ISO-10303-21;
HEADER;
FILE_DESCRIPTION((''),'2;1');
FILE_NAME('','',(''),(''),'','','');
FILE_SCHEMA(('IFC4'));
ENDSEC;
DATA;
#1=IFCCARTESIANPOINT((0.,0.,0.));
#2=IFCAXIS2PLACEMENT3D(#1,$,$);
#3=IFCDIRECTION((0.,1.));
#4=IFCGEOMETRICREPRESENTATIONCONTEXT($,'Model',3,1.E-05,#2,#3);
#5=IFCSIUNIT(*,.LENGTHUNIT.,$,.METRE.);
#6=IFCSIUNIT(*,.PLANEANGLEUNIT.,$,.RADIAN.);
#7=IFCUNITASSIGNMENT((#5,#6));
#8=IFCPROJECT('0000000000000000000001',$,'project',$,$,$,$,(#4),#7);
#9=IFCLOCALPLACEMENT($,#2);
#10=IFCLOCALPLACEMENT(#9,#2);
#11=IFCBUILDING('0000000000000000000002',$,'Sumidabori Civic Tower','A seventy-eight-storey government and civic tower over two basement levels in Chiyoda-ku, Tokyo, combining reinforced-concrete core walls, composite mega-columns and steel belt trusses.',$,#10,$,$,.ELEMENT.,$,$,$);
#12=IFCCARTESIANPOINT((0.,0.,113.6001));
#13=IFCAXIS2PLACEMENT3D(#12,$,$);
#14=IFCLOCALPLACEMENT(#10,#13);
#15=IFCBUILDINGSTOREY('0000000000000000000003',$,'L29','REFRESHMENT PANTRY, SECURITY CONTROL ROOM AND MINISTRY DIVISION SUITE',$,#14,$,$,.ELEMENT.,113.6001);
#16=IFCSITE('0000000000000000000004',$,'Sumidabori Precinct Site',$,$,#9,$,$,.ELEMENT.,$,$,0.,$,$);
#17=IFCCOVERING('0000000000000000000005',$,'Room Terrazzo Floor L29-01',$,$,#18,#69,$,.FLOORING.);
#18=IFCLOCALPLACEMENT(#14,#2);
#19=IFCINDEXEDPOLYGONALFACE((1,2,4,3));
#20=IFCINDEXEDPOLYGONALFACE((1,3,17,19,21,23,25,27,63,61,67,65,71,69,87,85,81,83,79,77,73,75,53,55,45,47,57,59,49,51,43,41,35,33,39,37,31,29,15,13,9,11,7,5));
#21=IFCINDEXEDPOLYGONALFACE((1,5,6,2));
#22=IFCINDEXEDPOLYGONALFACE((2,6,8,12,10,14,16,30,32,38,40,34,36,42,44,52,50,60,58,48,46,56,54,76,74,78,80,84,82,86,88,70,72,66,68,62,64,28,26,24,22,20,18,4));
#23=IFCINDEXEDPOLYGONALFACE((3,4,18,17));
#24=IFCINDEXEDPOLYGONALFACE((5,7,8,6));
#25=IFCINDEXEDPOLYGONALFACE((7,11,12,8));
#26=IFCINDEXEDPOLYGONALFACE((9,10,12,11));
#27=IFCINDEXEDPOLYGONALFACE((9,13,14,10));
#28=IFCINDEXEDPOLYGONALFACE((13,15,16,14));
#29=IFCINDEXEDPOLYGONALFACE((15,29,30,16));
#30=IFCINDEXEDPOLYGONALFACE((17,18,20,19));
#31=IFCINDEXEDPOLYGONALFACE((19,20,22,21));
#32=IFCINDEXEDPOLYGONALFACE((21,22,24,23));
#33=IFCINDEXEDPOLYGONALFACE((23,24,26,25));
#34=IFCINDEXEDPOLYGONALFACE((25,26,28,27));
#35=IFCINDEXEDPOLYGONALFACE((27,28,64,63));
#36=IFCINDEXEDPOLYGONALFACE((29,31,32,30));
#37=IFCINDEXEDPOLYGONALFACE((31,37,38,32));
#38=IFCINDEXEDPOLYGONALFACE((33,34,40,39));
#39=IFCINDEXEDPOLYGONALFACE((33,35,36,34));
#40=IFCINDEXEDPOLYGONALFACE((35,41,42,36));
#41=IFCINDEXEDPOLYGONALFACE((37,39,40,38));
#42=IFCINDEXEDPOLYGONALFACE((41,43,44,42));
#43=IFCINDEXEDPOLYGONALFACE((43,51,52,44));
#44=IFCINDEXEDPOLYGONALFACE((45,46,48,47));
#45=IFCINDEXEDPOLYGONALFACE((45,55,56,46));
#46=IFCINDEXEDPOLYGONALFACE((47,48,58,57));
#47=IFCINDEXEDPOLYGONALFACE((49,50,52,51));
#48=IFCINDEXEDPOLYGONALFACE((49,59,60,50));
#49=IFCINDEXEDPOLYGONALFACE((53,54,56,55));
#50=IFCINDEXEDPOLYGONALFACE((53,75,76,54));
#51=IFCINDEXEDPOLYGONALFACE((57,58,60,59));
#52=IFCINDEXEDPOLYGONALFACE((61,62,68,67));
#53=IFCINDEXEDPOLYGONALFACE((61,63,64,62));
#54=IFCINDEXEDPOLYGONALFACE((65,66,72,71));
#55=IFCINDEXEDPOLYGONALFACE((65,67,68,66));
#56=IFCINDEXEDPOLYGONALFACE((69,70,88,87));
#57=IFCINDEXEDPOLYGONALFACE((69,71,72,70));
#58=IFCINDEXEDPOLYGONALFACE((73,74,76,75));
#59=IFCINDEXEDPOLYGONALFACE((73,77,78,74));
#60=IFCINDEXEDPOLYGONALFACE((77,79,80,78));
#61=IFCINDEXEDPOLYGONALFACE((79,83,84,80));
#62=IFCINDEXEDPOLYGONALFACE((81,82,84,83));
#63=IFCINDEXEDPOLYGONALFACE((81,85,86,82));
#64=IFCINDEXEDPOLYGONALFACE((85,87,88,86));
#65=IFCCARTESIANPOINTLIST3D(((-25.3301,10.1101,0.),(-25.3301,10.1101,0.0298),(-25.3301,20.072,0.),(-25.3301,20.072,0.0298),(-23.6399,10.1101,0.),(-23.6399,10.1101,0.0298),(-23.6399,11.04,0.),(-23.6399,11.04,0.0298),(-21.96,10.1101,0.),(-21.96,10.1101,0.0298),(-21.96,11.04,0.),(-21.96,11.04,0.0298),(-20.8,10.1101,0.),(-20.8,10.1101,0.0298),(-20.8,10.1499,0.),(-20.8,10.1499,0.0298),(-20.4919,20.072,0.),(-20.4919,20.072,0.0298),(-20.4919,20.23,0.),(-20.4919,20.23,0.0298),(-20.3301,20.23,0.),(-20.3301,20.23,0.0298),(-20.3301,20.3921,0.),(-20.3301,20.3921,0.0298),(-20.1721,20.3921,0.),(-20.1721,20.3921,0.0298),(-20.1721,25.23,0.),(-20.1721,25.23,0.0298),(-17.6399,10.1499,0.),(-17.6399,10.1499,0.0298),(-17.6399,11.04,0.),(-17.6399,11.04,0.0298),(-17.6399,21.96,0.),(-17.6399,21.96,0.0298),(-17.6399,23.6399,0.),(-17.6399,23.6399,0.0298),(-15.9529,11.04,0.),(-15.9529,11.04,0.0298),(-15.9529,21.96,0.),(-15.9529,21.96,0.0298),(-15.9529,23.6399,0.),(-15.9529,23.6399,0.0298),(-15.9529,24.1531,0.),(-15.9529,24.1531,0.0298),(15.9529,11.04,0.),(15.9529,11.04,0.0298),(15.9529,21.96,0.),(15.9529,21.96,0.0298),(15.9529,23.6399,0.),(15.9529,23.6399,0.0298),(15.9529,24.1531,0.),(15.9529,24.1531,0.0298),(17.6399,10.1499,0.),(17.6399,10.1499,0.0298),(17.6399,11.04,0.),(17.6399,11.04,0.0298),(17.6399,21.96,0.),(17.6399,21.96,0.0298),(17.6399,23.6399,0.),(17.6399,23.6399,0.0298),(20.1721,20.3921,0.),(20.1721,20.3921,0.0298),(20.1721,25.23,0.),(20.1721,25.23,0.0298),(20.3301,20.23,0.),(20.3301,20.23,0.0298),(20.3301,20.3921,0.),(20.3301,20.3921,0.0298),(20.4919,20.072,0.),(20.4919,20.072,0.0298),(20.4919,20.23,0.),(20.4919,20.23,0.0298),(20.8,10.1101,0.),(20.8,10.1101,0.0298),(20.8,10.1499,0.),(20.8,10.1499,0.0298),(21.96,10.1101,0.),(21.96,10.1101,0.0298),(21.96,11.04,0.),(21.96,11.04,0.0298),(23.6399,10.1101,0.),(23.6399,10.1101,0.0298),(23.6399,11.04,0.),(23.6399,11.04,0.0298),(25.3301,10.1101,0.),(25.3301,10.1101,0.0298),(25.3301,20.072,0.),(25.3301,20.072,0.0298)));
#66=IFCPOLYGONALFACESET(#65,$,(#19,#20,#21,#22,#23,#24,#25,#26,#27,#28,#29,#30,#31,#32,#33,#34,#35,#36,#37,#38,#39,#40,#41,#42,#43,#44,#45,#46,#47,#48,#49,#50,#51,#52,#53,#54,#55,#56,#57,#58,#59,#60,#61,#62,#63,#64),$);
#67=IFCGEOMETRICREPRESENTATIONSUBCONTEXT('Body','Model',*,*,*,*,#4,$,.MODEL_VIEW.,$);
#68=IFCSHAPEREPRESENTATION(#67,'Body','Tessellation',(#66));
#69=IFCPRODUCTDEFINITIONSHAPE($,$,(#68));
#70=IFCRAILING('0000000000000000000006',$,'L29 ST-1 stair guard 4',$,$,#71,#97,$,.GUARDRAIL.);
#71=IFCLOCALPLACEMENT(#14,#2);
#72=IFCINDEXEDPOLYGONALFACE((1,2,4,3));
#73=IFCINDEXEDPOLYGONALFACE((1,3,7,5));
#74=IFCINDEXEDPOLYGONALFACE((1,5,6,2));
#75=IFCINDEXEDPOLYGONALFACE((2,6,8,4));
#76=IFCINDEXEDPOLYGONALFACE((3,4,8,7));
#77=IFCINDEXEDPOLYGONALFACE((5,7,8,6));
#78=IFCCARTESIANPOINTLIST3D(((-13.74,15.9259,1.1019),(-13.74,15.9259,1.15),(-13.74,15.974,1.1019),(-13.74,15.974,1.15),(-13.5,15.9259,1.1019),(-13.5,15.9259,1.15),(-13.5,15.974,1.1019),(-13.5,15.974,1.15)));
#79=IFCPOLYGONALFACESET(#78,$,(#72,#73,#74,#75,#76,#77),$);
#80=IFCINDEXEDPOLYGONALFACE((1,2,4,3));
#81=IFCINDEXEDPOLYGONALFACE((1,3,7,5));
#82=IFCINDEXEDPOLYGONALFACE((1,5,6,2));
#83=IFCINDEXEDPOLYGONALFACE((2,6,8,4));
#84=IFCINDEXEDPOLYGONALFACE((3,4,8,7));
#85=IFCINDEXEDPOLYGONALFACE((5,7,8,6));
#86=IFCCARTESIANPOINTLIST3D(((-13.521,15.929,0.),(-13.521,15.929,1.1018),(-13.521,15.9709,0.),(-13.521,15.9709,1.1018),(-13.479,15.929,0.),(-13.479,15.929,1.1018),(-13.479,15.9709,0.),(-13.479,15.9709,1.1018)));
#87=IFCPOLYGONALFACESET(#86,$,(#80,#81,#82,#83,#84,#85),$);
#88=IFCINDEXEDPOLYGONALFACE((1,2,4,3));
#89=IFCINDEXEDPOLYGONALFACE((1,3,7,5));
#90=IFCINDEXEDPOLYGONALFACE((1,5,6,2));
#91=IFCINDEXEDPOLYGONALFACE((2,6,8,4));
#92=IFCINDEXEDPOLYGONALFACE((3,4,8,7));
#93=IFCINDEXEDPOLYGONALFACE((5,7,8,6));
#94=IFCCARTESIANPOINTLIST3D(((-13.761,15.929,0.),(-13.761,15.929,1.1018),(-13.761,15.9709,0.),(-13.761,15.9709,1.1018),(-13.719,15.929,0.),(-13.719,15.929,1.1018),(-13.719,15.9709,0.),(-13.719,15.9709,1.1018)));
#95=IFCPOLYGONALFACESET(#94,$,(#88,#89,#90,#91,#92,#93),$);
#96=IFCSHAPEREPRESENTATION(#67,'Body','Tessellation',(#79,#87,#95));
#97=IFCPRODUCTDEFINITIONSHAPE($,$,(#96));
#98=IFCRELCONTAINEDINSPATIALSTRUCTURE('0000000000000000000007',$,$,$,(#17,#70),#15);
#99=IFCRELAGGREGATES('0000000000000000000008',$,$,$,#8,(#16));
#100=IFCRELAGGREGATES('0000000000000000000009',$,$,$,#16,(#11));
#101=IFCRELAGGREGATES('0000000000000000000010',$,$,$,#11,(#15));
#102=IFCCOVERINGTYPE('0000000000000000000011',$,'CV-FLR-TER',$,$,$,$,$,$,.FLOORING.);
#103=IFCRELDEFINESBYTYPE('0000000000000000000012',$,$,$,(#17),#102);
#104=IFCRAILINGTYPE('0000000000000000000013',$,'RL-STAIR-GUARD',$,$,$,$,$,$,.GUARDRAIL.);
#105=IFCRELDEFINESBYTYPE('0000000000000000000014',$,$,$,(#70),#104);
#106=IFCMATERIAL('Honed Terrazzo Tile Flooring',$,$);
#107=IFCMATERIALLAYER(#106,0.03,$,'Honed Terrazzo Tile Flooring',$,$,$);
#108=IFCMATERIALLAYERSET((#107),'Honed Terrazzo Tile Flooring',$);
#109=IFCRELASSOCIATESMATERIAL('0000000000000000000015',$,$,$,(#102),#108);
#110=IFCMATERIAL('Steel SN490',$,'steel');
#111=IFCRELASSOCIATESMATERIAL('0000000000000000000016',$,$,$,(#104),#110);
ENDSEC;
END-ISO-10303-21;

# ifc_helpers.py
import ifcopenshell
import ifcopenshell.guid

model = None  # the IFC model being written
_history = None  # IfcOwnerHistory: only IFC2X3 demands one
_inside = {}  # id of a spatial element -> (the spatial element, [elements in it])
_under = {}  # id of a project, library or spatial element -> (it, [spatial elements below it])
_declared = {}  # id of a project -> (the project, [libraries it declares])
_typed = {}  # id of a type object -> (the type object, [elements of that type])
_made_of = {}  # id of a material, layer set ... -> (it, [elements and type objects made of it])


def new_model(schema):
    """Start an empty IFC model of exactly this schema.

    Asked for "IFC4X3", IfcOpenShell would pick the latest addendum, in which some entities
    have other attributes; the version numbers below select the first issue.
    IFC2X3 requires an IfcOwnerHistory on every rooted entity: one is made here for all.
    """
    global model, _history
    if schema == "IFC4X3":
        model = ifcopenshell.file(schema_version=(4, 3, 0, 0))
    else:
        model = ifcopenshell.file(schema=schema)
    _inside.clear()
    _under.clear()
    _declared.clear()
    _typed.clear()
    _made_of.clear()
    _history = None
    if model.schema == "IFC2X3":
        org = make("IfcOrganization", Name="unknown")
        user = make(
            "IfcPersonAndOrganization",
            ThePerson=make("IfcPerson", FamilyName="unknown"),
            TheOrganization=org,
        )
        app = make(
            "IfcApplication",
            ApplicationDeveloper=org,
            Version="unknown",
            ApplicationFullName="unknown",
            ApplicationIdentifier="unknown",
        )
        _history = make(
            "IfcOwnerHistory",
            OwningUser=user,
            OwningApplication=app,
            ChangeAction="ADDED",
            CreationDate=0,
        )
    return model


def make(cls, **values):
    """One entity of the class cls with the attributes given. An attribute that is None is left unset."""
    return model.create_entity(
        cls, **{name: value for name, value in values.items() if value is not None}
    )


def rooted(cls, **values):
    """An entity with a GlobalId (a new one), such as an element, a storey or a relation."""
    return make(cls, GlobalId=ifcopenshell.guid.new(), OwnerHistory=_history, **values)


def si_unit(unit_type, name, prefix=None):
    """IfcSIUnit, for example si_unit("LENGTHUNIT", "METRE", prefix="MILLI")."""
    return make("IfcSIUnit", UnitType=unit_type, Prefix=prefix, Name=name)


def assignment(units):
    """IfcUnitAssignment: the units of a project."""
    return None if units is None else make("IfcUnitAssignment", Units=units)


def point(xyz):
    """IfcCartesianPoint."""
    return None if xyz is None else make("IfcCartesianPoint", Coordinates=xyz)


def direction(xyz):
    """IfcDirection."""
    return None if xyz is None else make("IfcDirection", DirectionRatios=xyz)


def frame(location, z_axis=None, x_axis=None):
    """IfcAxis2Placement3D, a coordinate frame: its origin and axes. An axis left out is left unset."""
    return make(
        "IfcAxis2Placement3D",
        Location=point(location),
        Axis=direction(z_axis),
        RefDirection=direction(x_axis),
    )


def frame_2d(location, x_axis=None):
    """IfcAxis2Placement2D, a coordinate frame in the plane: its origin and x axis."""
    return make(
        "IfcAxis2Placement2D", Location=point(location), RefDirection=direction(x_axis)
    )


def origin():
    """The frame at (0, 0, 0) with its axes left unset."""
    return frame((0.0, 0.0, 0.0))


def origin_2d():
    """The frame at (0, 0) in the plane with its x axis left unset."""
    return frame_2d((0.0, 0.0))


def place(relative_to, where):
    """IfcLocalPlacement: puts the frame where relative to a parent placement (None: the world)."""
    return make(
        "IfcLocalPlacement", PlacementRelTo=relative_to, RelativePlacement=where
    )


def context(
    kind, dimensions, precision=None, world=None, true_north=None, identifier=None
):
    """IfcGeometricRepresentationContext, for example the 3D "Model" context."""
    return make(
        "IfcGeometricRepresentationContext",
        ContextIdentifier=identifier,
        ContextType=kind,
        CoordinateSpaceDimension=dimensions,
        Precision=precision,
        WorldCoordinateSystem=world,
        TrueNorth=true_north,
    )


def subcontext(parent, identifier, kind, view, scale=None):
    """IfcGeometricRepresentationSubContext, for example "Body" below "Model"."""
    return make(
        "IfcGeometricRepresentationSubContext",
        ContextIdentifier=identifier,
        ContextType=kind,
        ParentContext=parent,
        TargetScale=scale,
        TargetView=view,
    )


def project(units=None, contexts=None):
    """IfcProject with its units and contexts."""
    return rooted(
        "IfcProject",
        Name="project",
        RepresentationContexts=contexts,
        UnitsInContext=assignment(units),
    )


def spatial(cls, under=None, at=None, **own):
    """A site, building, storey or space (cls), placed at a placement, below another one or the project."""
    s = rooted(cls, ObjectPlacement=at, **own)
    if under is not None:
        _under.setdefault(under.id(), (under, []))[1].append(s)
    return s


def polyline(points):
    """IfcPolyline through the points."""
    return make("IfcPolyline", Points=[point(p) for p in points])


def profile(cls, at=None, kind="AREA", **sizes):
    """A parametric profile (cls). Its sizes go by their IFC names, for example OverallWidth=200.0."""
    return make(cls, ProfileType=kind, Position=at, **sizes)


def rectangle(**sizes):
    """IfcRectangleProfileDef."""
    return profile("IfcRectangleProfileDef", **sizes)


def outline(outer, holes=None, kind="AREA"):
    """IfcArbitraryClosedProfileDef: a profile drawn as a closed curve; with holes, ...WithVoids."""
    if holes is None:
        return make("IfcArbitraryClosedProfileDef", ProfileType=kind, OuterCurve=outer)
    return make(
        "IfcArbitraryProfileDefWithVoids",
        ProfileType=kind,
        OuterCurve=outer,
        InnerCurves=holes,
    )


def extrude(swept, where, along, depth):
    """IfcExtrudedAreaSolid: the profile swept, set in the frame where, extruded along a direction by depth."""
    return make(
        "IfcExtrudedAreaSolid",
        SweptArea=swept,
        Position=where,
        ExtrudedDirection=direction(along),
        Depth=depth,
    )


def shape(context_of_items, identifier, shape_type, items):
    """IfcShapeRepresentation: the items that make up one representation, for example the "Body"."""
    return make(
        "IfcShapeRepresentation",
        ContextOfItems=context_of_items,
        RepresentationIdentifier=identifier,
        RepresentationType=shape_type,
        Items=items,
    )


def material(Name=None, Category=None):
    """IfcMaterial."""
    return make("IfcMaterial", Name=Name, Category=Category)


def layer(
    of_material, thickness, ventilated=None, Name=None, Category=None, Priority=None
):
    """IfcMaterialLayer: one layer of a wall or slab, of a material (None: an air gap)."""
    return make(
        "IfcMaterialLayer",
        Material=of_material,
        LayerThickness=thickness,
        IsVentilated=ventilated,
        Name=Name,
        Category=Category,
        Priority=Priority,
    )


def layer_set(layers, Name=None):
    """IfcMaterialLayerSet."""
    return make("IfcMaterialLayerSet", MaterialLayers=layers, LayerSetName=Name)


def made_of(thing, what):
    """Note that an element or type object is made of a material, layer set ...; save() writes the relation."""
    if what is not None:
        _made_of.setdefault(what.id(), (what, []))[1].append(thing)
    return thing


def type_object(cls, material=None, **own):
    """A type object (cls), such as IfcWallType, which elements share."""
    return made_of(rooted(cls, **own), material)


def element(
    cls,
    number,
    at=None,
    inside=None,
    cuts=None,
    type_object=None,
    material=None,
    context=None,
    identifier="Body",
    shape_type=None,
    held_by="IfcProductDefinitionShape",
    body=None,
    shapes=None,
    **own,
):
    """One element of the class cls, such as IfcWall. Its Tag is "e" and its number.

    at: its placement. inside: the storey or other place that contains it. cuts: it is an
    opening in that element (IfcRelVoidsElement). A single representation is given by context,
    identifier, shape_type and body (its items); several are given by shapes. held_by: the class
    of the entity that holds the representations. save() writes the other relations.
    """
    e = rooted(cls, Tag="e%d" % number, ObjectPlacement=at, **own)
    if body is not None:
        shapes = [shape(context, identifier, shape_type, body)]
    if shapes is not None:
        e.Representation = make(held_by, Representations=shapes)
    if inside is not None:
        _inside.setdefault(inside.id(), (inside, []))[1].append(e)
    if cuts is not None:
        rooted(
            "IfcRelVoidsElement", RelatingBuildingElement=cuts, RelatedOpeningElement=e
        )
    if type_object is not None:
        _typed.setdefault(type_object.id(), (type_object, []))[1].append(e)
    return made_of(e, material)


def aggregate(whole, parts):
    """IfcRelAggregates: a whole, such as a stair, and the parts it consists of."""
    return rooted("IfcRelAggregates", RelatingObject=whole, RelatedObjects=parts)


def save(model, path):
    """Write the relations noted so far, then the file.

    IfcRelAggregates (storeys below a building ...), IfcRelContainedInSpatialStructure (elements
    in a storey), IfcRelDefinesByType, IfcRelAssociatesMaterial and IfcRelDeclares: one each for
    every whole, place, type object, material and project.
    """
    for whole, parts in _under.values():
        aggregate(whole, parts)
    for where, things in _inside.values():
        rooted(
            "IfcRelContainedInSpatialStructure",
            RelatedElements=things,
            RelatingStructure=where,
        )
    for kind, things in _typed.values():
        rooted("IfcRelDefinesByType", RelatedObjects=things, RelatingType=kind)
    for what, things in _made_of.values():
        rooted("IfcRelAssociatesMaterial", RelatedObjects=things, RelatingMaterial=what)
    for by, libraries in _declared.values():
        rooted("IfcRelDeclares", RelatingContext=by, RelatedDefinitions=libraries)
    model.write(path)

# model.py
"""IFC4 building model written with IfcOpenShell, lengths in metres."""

from ifc_helpers import new_model, si_unit, direction, frame, origin, origin_2d, place, context, subcontext, project, spatial, polyline, rectangle, outline, extrude, material, layer, layer_set, type_object, element, save


model = new_model("IFC4")

# Units and contexts
model_context = context("Model", 3, precision=1e-05, world=origin(), true_north=direction((0.0, 1.0)))
body_context = subcontext(model_context, "Body", "Model", "MODEL_VIEW")
ifc_project = project(units=[si_unit("LENGTHUNIT", "METRE"), si_unit("PLANEANGLEUNIT", "RADIAN")], contexts=[model_context])

# Site, building, storey
site_placement = place(None, origin())
site = spatial("IfcSite", under=ifc_project, at=site_placement, Name="Sumidabori Precinct Site", CompositionType="ELEMENT", RefElevation=0.0)
building_placement = place(site_placement, origin())
building = spatial("IfcBuilding", under=site, at=building_placement, Name="Sumidabori Civic Tower", Description="A seventy-eight-storey government and civic tower over two basement levels in Chiyoda-ku, Tokyo, combining reinforced-concrete core walls, composite mega-columns and steel belt trusses.", CompositionType="ELEMENT")
storey_placement = place(building_placement, frame((0.0, 0.0, 113.6001)))
storey = spatial("IfcBuildingStorey", under=building, at=storey_placement, Name="L29", Description="REFRESHMENT PANTRY, SECURITY CONTROL ROOM AND MINISTRY DIVISION SUITE", CompositionType="ELEMENT", Elevation=113.6001)

# Shared definitions
ifc_material_1 = material(Name="Steel SN490", Category="steel")

# Covering
ifc_material_2 = material(Name="Honed Terrazzo Tile Flooring")
ifc_layer_1 = layer(ifc_material_2, 0.03, Name="Honed Terrazzo Tile Flooring")
ifc_layer_set_1 = layer_set([ifc_layer_1], Name="Honed Terrazzo Tile Flooring")
covering_type_1 = type_object("IfcCoveringType", Name="CV-FLR-TER", PredefinedType="FLOORING", material=ifc_layer_set_1)
covering_1_placement = place(storey_placement, origin())
element("IfcCovering", 1, at=covering_1_placement, inside=storey, type_object=covering_type_1, Name="Room Terrazzo Floor L29-01", PredefinedType="FLOORING", context=body_context, shape_type="SweptSolid", body=[
    extrude(outline(polyline([(-21.96, 10.1101), (-21.96, 11.04), (-23.6399, 11.04), (-23.6399, 10.1101), (-25.3301, 10.1101), (-25.3301, 20.072), (-20.4919, 20.072), (-20.4919, 20.23), (-20.3301, 20.23), (-20.3301, 20.3921), (-20.1721, 20.3921), (-20.1721, 25.23), (20.1721, 25.23), (20.1721, 20.3921), (20.3301, 20.3921), (20.3301, 20.23), (20.4919, 20.23), (20.4919, 20.072), (25.3301, 20.072), (25.3301, 10.1101), (23.6399, 10.1101), (23.6399, 11.04), (21.96, 11.04), (21.96, 10.1101), (20.8, 10.1101), (20.8, 10.1499), (17.6399, 10.1499), (17.6399, 11.04), (15.9529, 11.04), (15.9529, 21.96), (17.6399, 21.96), (17.6399, 23.6399), (15.9529, 23.6399), (15.9529, 24.1531), (-15.9529, 24.1531), (-15.9529, 23.6399), (-17.6399, 23.6399), (-17.6399, 21.96), (-15.9529, 21.96), (-15.9529, 11.04), (-17.6399, 11.04), (-17.6399, 10.1499), (-20.8, 10.1499), (-20.8, 10.1101), (-21.96, 10.1101)])), origin(), (0.0, 0.0, 1.0), 0.0298),
])

# Railing
railing_type = type_object("IfcRailingType", Name="RL-STAIR-GUARD", PredefinedType="GUARDRAIL", material=ifc_material_1)
railing_placement = place(storey_placement, frame((-13.5, 15.95, 0.0)))
element("IfcRailing", 2, at=railing_placement, inside=storey, type_object=railing_type, Name="L29 ST-1 stair guard 4", PredefinedType="GUARDRAIL", context=body_context, shape_type="SweptSolid", body=[
    extrude(rectangle(XDim=0.0481, YDim=0.0481, at=origin_2d()), frame((0.0, 0.0, 1.126), z_axis=(-1.0, 0.0, 0.0), x_axis=(0.0, -1.0, 0.0)), (0.0, 0.0, 1.0), 0.24),
    extrude(rectangle(XDim=0.042, YDim=0.042, at=origin_2d()), origin(), (0.0, 0.0, 1.0), 1.1018),
    extrude(rectangle(XDim=0.042, YDim=0.042, at=origin_2d()), frame((-0.24, 0.0, 0.0)), (0.0, 0.0, 1.0), 1.1018),
])

save(model, "model.ifc")
